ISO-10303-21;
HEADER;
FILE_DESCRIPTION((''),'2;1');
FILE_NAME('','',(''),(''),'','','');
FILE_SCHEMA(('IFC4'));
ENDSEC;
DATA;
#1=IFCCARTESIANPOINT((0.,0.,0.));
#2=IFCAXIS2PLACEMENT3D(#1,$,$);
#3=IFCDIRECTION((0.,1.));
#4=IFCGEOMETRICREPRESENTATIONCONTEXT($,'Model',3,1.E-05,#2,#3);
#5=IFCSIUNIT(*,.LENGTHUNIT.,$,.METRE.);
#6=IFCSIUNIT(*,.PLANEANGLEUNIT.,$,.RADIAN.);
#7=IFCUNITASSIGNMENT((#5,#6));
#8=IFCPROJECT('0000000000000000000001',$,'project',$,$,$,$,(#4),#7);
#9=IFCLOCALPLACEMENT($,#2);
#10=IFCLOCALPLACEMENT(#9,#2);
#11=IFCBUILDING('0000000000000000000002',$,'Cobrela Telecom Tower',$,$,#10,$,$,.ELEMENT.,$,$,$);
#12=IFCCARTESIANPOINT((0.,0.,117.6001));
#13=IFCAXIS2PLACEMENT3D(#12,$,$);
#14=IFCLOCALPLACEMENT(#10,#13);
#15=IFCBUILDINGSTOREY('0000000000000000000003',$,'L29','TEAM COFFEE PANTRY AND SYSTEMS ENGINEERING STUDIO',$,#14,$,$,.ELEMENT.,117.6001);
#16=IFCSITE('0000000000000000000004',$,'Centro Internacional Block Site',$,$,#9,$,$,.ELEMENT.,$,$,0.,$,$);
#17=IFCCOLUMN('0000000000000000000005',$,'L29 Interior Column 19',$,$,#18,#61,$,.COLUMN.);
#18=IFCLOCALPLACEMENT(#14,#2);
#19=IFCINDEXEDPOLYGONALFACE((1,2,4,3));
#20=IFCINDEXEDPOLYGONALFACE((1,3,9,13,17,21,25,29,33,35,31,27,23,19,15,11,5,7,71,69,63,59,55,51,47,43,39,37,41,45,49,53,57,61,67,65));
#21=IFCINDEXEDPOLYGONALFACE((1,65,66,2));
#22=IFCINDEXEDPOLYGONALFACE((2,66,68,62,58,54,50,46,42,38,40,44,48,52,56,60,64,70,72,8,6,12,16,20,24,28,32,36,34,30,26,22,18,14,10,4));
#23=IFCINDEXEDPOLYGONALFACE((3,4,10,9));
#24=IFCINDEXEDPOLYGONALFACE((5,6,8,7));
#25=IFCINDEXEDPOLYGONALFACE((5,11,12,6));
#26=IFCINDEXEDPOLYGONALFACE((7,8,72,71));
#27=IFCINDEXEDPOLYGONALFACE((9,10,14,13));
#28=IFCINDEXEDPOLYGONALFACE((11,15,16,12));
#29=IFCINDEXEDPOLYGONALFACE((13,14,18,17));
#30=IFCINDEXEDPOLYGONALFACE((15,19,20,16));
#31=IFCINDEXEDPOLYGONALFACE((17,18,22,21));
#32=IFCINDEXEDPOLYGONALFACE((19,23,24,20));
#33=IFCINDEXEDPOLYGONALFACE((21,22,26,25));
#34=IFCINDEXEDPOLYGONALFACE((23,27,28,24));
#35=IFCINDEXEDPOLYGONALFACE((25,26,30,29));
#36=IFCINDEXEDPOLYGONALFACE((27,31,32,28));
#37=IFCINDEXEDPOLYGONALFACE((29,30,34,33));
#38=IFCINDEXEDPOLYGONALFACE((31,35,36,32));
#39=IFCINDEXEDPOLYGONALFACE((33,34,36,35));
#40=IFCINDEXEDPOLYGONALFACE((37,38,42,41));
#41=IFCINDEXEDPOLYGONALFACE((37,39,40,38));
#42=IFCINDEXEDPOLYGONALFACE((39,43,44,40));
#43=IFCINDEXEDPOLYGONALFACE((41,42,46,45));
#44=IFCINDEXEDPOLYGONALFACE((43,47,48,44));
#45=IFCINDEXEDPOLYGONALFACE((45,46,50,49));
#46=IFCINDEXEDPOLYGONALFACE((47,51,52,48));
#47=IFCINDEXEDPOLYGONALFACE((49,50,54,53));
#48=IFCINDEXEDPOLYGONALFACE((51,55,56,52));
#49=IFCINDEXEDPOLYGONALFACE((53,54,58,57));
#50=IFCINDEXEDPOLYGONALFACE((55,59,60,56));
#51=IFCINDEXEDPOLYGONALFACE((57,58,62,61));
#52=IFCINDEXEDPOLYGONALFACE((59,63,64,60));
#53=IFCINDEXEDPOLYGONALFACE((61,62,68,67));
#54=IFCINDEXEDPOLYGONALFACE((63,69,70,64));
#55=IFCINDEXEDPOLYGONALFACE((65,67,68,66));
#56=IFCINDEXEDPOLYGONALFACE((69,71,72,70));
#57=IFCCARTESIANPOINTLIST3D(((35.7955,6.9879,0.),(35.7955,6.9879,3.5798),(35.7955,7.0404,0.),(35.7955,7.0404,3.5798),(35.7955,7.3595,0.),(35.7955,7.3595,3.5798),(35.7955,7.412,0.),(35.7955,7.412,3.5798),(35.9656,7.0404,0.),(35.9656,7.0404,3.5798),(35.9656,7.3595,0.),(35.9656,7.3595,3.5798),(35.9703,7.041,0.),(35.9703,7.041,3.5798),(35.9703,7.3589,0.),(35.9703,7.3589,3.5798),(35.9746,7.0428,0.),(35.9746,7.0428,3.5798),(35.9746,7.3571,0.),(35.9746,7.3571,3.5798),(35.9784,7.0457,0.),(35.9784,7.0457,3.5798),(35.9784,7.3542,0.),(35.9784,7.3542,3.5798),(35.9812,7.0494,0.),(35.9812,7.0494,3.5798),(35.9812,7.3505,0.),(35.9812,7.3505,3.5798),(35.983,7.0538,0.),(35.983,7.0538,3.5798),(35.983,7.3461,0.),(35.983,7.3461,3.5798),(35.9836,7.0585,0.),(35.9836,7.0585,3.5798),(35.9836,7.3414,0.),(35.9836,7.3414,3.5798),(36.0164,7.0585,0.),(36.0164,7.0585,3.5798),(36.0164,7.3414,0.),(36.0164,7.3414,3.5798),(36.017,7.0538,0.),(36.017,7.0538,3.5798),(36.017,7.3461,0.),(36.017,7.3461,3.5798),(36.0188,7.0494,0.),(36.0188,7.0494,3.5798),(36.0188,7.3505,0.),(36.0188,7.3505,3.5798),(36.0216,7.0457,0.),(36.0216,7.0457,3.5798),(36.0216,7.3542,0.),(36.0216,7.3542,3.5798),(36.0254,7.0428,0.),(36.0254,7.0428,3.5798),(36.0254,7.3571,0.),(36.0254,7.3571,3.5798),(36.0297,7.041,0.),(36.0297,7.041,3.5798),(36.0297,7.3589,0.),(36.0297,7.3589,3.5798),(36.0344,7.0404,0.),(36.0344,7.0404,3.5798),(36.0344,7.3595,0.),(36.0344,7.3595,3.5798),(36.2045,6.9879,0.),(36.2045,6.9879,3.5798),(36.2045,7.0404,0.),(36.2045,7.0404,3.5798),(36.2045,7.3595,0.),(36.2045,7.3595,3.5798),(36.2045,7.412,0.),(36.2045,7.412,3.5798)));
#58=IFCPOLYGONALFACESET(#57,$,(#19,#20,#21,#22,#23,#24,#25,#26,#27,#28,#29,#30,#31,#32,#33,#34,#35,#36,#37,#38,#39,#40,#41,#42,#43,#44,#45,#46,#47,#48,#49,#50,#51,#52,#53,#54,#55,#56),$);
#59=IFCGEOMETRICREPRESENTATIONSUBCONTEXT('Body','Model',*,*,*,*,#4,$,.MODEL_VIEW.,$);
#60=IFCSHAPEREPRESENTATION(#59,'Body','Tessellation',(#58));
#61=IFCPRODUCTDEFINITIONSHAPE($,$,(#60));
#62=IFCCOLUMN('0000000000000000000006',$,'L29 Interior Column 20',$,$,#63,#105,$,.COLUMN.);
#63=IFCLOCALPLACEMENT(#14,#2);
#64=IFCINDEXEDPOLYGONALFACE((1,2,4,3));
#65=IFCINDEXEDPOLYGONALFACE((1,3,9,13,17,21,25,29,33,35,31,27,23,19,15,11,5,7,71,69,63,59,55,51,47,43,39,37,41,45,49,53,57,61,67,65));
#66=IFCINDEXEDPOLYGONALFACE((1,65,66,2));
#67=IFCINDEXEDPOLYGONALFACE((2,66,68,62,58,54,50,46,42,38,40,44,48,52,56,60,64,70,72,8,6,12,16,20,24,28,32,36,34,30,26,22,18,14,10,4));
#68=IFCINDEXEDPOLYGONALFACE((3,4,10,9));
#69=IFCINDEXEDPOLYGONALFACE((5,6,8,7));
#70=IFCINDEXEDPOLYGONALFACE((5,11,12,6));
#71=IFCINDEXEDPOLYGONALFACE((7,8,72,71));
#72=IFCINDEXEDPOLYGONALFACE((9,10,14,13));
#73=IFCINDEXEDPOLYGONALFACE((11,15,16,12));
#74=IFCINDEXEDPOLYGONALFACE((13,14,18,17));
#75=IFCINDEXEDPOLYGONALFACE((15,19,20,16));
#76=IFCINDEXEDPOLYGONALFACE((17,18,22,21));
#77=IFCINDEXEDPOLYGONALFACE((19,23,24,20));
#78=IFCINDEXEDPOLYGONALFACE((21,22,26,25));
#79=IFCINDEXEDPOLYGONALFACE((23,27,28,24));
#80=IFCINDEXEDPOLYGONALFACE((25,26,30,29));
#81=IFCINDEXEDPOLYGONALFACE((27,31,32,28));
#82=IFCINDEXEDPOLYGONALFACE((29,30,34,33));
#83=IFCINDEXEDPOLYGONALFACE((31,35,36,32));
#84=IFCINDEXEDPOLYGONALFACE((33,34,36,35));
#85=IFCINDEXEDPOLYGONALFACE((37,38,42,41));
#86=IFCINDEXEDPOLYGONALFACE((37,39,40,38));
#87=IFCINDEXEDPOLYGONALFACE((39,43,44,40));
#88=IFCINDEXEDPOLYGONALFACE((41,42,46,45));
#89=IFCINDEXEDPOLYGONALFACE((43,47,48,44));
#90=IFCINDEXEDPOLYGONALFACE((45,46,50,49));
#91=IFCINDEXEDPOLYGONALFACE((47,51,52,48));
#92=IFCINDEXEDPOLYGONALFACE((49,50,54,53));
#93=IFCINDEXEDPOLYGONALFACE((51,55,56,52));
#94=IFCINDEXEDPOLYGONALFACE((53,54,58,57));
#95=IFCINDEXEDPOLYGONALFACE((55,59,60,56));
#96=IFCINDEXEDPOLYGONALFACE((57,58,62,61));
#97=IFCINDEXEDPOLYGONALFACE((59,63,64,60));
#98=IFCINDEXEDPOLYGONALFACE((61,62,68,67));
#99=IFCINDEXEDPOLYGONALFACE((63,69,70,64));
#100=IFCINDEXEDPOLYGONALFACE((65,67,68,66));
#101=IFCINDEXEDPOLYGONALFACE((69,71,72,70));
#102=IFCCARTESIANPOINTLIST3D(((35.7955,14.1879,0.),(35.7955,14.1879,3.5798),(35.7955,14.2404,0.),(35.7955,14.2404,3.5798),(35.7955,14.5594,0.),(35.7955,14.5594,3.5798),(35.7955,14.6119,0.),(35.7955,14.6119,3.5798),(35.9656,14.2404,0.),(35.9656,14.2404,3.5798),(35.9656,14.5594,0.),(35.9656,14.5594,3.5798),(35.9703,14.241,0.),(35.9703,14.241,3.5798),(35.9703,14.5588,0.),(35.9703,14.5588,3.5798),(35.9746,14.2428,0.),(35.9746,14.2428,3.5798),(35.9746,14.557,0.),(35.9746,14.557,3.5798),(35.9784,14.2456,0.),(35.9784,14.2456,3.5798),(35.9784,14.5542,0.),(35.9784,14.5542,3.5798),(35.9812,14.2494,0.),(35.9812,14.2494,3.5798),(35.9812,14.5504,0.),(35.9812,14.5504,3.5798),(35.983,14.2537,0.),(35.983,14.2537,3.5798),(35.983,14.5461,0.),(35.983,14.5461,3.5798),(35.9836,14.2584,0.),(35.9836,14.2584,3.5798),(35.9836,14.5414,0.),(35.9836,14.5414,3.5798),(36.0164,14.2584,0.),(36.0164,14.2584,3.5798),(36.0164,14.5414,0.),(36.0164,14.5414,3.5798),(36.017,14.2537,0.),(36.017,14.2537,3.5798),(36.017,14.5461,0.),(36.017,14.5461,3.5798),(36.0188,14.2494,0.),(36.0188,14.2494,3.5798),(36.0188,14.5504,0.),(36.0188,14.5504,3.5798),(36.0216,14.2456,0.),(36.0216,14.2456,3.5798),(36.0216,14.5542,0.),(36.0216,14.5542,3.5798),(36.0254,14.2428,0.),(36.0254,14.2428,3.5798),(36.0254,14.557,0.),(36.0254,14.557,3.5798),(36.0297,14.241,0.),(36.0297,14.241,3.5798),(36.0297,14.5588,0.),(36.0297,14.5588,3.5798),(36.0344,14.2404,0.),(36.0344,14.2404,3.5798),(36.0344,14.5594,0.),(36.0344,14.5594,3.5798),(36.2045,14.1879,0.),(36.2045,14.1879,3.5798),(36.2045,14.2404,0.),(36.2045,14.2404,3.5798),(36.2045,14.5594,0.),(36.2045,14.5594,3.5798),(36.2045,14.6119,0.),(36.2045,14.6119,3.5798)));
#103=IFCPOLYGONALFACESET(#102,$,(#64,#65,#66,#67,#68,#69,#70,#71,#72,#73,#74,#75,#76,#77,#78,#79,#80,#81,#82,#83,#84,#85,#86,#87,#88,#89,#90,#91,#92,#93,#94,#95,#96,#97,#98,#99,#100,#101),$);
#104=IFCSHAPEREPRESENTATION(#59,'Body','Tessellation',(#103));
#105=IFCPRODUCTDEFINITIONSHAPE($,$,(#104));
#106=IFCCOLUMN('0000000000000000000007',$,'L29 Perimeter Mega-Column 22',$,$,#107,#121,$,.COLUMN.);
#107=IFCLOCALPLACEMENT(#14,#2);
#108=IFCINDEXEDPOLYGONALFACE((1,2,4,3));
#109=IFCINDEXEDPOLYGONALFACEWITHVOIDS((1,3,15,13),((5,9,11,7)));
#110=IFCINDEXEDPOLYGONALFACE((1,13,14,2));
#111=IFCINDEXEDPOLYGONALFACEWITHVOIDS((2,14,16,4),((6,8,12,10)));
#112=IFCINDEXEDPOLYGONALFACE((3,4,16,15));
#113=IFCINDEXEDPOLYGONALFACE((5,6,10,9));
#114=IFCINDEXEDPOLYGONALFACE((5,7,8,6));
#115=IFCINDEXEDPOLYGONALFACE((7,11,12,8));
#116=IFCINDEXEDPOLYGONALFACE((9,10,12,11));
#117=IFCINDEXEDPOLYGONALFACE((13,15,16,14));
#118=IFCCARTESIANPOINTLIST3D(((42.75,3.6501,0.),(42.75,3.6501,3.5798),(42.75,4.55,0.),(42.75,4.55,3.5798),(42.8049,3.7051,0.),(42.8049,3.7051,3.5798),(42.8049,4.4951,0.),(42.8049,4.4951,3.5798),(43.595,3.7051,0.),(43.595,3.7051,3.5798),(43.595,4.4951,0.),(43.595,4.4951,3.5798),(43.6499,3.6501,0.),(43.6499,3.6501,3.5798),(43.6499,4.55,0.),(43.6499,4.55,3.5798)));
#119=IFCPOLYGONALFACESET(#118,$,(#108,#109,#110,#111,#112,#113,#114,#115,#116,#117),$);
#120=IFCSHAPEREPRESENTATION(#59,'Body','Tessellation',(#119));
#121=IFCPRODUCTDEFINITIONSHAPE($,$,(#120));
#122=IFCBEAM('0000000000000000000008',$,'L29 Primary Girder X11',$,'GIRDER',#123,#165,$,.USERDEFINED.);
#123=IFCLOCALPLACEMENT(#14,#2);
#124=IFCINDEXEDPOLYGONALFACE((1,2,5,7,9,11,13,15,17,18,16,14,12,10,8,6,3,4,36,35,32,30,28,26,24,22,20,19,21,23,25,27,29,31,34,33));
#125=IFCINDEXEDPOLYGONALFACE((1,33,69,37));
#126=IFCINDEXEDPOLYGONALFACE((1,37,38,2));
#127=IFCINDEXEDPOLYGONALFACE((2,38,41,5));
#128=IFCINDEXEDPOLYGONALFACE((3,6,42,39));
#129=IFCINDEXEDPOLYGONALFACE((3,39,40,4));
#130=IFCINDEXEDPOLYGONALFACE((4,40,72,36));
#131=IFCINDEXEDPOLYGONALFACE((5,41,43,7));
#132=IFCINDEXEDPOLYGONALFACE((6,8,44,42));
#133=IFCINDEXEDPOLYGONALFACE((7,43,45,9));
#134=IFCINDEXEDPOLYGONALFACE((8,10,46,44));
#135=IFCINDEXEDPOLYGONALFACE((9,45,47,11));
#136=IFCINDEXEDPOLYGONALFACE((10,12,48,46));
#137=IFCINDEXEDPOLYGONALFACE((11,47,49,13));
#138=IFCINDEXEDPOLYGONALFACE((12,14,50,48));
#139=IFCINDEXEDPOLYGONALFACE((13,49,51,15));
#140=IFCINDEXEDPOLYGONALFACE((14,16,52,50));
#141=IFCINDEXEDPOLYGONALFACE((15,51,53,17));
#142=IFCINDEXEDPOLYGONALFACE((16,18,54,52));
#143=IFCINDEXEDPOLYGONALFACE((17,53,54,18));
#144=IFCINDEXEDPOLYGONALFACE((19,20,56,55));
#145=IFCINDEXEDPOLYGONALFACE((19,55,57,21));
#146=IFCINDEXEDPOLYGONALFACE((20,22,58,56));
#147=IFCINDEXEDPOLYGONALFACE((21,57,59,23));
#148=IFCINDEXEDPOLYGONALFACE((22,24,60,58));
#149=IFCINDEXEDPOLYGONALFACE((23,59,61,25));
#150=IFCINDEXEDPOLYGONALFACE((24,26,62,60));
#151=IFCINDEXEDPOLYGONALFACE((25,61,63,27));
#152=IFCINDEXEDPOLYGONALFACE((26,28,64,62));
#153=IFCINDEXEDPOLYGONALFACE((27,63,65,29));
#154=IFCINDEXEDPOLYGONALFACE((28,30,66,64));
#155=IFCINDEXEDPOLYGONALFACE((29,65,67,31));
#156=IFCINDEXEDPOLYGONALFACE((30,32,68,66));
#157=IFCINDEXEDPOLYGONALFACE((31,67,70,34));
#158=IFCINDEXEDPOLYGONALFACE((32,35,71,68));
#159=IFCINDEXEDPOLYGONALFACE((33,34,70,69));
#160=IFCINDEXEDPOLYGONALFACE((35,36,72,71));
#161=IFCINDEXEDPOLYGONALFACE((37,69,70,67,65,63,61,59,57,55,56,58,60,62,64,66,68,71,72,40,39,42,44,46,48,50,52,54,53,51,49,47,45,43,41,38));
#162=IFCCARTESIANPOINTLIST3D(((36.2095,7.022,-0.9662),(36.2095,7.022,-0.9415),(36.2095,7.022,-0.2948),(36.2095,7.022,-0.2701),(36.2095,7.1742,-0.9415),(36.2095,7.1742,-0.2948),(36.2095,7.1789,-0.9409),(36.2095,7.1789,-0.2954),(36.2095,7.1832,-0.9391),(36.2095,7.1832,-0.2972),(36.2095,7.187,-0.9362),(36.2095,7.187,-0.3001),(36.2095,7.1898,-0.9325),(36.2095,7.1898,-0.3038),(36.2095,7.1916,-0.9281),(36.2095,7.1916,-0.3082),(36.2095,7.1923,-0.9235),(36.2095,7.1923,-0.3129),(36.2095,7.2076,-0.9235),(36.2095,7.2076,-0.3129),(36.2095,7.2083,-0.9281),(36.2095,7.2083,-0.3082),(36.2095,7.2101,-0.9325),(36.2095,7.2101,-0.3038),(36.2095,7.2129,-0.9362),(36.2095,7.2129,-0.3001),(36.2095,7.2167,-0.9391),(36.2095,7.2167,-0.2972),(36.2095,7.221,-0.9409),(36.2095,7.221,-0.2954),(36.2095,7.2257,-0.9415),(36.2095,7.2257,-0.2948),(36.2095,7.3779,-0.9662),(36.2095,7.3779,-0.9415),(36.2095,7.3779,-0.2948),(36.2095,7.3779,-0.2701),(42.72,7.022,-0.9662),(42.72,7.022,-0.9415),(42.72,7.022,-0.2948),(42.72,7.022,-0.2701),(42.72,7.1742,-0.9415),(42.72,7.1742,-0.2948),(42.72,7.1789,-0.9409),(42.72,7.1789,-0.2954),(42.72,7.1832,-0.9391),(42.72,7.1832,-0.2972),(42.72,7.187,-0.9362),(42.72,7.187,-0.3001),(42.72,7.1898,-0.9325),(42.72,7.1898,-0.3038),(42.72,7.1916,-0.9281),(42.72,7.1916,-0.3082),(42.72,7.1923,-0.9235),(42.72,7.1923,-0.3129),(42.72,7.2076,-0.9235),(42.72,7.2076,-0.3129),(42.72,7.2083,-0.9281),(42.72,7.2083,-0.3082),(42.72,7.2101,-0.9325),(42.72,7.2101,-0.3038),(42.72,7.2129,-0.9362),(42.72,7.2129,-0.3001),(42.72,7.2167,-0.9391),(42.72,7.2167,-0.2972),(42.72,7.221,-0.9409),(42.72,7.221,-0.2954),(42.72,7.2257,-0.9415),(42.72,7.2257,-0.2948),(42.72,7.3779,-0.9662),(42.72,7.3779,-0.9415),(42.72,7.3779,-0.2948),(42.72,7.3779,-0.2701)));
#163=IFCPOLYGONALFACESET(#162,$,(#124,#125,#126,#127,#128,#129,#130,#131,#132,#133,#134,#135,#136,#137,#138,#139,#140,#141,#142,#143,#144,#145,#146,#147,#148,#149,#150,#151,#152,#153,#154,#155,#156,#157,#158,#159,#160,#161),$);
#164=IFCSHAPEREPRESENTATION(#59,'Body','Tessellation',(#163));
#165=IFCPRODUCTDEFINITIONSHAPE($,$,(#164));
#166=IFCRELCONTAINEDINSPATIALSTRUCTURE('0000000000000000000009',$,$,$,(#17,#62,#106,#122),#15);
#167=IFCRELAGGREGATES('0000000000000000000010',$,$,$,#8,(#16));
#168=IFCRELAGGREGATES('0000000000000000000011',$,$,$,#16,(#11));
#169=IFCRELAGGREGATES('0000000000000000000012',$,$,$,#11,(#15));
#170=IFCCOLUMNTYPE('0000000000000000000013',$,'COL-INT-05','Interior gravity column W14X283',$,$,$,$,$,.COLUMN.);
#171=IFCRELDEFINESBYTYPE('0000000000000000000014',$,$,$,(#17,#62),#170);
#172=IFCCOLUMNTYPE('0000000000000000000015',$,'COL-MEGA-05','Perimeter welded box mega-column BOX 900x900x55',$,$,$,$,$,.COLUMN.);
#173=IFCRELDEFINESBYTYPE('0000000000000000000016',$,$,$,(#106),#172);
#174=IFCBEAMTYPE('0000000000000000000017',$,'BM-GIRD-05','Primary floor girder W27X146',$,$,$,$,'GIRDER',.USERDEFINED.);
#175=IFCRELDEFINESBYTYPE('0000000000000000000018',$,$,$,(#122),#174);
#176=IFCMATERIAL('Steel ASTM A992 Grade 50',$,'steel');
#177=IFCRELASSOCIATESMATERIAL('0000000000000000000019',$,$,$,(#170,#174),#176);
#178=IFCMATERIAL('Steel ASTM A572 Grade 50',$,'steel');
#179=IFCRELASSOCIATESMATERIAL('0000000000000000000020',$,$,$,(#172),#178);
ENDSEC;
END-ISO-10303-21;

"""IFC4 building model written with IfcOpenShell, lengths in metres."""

from ifc_helpers import new_model, si_unit, direction, frame, origin, origin_2d, place, context, subcontext, project, spatial, hollow_rectangle, i_section, extrude, material, material_profile, profile_set, type_object, element, save


model = new_model("IFC4")

# Units and contexts
model_context = context("Model", 3, precision=1e-05, world=origin(), true_north=direction((0.0, 1.0)))
body_context = subcontext(model_context, "Body", "Model", "MODEL_VIEW")
ifc_project = project(units=[si_unit("LENGTHUNIT", "METRE"), si_unit("PLANEANGLEUNIT", "RADIAN")], contexts=[model_context])

# Site, building, storey
site_placement = place(None, origin())
site = spatial("IfcSite", under=ifc_project, at=site_placement, Name="Centro Internacional Block Site", CompositionType="ELEMENT", RefElevation=0.0)
building_placement = place(site_placement, origin())
building = spatial("IfcBuilding", under=site, at=building_placement, Name="Cobrela Telecom Tower", CompositionType="ELEMENT")
storey_placement = place(building_placement, frame((0.0, 0.0, 117.6001)))
storey = spatial("IfcBuildingStorey", under=building, at=storey_placement, Name="L29", Description="TEAM COFFEE PANTRY AND SYSTEMS ENGINEERING STUDIO", CompositionType="ELEMENT", Elevation=117.6001)

# Columns
ifc_material_1 = material(Name="Steel ASTM A992 Grade 50", Category="steel")
ifc_material_profile_1 = material_profile(ifc_material_1, i_section(OverallWidth=0.4089, OverallDepth=0.4241, WebThickness=0.0327, FlangeThickness=0.0525, FilletRadius=0.0181, at=origin_2d()), Name="W14X283")
ifc_profile_set_1 = profile_set([ifc_material_profile_1], Name="Steel ASTM A992 Grade 50")
column_type_1 = type_object("IfcColumnType", Name="COL-INT-05", Description="Interior gravity column W14X283", PredefinedType="COLUMN", material=ifc_profile_set_1)
for number, where, z_axis, x_axis, name in (
    (1, (36.0, 7.2, 0.0), (0.0, 0.0, 1.0), (1.0, 0.0, 0.0), "L29 Interior Column 19"),
    (2, (36.0, 14.3999, 0.0), (0.0, 0.0, 1.0), (1.0, 0.0, 0.0), "L29 Interior Column 20"),
):
    element("IfcColumn", number, at=place(storey_placement, frame(where, z_axis=z_axis, x_axis=x_axis)), inside=storey, type_object=column_type_1, Name=name, PredefinedType="COLUMN", context=body_context, shape_type="SweptSolid", body=[
        extrude(i_section(OverallWidth=0.4089, OverallDepth=0.4241, WebThickness=0.0327, FlangeThickness=0.0525, FilletRadius=0.0181, at=origin_2d()), origin(), (0.0, 0.0, 1.0), 3.5798),
    ])
ifc_material_2 = material(Name="Steel ASTM A572 Grade 50", Category="steel")
ifc_material_profile_2 = material_profile(ifc_material_2, hollow_rectangle(XDim=0.8999, YDim=0.8999, WallThickness=0.0549, at=origin_2d()), Name="BOX 900x900x55")
ifc_profile_set_2 = profile_set([ifc_material_profile_2], Name="Steel ASTM A572 Grade 50")
column_type_2 = type_object("IfcColumnType", Name="COL-MEGA-05", Description="Perimeter welded box mega-column BOX 900x900x55", PredefinedType="COLUMN", material=ifc_profile_set_2)
column_placement = place(storey_placement, frame((43.2, 4.1001, 0.0), z_axis=(0.0, 0.0, 1.0), x_axis=(1.0, 0.0, 0.0)))
element("IfcColumn", 3, at=column_placement, inside=storey, type_object=column_type_2, Name="L29 Perimeter Mega-Column 22", PredefinedType="COLUMN", context=body_context, shape_type="SweptSolid", body=[
    extrude(hollow_rectangle(XDim=0.8999, YDim=0.8999, WallThickness=0.0549, at=origin_2d()), origin(), (0.0, 0.0, 1.0), 3.5798),
])

# Beam
ifc_material_profile_3 = material_profile(ifc_material_1, i_section(OverallWidth=0.356, OverallDepth=0.696, WebThickness=0.0154, FlangeThickness=0.0247, FilletRadius=0.0181, at=origin_2d()), Name="W27X146")
ifc_profile_set_3 = profile_set([ifc_material_profile_3], Name="Steel ASTM A992 Grade 50")
beam_type_1 = type_object("IfcBeamType", Name="BM-GIRD-05", Description="Primary floor girder W27X146", ElementType="GIRDER", PredefinedType="USERDEFINED", material=ifc_profile_set_3)
beam_1_placement = place(storey_placement, frame((36.2095, 7.2, -0.6182), z_axis=(1.0, 0.0, 0.0), x_axis=(0.0, 1.0, 0.0)))
element("IfcBeam", 4, at=beam_1_placement, inside=storey, type_object=beam_type_1, Name="L29 Primary Girder X11", ObjectType="GIRDER", PredefinedType="USERDEFINED", context=body_context, shape_type="SweptSolid", body=[
    extrude(i_section(OverallWidth=0.356, OverallDepth=0.696, WebThickness=0.0154, FlangeThickness=0.0247, FilletRadius=0.0181, at=origin_2d()), origin(), (0.0, 0.0, 1.0), 6.5105),
])

save(model, "model.ifc")
